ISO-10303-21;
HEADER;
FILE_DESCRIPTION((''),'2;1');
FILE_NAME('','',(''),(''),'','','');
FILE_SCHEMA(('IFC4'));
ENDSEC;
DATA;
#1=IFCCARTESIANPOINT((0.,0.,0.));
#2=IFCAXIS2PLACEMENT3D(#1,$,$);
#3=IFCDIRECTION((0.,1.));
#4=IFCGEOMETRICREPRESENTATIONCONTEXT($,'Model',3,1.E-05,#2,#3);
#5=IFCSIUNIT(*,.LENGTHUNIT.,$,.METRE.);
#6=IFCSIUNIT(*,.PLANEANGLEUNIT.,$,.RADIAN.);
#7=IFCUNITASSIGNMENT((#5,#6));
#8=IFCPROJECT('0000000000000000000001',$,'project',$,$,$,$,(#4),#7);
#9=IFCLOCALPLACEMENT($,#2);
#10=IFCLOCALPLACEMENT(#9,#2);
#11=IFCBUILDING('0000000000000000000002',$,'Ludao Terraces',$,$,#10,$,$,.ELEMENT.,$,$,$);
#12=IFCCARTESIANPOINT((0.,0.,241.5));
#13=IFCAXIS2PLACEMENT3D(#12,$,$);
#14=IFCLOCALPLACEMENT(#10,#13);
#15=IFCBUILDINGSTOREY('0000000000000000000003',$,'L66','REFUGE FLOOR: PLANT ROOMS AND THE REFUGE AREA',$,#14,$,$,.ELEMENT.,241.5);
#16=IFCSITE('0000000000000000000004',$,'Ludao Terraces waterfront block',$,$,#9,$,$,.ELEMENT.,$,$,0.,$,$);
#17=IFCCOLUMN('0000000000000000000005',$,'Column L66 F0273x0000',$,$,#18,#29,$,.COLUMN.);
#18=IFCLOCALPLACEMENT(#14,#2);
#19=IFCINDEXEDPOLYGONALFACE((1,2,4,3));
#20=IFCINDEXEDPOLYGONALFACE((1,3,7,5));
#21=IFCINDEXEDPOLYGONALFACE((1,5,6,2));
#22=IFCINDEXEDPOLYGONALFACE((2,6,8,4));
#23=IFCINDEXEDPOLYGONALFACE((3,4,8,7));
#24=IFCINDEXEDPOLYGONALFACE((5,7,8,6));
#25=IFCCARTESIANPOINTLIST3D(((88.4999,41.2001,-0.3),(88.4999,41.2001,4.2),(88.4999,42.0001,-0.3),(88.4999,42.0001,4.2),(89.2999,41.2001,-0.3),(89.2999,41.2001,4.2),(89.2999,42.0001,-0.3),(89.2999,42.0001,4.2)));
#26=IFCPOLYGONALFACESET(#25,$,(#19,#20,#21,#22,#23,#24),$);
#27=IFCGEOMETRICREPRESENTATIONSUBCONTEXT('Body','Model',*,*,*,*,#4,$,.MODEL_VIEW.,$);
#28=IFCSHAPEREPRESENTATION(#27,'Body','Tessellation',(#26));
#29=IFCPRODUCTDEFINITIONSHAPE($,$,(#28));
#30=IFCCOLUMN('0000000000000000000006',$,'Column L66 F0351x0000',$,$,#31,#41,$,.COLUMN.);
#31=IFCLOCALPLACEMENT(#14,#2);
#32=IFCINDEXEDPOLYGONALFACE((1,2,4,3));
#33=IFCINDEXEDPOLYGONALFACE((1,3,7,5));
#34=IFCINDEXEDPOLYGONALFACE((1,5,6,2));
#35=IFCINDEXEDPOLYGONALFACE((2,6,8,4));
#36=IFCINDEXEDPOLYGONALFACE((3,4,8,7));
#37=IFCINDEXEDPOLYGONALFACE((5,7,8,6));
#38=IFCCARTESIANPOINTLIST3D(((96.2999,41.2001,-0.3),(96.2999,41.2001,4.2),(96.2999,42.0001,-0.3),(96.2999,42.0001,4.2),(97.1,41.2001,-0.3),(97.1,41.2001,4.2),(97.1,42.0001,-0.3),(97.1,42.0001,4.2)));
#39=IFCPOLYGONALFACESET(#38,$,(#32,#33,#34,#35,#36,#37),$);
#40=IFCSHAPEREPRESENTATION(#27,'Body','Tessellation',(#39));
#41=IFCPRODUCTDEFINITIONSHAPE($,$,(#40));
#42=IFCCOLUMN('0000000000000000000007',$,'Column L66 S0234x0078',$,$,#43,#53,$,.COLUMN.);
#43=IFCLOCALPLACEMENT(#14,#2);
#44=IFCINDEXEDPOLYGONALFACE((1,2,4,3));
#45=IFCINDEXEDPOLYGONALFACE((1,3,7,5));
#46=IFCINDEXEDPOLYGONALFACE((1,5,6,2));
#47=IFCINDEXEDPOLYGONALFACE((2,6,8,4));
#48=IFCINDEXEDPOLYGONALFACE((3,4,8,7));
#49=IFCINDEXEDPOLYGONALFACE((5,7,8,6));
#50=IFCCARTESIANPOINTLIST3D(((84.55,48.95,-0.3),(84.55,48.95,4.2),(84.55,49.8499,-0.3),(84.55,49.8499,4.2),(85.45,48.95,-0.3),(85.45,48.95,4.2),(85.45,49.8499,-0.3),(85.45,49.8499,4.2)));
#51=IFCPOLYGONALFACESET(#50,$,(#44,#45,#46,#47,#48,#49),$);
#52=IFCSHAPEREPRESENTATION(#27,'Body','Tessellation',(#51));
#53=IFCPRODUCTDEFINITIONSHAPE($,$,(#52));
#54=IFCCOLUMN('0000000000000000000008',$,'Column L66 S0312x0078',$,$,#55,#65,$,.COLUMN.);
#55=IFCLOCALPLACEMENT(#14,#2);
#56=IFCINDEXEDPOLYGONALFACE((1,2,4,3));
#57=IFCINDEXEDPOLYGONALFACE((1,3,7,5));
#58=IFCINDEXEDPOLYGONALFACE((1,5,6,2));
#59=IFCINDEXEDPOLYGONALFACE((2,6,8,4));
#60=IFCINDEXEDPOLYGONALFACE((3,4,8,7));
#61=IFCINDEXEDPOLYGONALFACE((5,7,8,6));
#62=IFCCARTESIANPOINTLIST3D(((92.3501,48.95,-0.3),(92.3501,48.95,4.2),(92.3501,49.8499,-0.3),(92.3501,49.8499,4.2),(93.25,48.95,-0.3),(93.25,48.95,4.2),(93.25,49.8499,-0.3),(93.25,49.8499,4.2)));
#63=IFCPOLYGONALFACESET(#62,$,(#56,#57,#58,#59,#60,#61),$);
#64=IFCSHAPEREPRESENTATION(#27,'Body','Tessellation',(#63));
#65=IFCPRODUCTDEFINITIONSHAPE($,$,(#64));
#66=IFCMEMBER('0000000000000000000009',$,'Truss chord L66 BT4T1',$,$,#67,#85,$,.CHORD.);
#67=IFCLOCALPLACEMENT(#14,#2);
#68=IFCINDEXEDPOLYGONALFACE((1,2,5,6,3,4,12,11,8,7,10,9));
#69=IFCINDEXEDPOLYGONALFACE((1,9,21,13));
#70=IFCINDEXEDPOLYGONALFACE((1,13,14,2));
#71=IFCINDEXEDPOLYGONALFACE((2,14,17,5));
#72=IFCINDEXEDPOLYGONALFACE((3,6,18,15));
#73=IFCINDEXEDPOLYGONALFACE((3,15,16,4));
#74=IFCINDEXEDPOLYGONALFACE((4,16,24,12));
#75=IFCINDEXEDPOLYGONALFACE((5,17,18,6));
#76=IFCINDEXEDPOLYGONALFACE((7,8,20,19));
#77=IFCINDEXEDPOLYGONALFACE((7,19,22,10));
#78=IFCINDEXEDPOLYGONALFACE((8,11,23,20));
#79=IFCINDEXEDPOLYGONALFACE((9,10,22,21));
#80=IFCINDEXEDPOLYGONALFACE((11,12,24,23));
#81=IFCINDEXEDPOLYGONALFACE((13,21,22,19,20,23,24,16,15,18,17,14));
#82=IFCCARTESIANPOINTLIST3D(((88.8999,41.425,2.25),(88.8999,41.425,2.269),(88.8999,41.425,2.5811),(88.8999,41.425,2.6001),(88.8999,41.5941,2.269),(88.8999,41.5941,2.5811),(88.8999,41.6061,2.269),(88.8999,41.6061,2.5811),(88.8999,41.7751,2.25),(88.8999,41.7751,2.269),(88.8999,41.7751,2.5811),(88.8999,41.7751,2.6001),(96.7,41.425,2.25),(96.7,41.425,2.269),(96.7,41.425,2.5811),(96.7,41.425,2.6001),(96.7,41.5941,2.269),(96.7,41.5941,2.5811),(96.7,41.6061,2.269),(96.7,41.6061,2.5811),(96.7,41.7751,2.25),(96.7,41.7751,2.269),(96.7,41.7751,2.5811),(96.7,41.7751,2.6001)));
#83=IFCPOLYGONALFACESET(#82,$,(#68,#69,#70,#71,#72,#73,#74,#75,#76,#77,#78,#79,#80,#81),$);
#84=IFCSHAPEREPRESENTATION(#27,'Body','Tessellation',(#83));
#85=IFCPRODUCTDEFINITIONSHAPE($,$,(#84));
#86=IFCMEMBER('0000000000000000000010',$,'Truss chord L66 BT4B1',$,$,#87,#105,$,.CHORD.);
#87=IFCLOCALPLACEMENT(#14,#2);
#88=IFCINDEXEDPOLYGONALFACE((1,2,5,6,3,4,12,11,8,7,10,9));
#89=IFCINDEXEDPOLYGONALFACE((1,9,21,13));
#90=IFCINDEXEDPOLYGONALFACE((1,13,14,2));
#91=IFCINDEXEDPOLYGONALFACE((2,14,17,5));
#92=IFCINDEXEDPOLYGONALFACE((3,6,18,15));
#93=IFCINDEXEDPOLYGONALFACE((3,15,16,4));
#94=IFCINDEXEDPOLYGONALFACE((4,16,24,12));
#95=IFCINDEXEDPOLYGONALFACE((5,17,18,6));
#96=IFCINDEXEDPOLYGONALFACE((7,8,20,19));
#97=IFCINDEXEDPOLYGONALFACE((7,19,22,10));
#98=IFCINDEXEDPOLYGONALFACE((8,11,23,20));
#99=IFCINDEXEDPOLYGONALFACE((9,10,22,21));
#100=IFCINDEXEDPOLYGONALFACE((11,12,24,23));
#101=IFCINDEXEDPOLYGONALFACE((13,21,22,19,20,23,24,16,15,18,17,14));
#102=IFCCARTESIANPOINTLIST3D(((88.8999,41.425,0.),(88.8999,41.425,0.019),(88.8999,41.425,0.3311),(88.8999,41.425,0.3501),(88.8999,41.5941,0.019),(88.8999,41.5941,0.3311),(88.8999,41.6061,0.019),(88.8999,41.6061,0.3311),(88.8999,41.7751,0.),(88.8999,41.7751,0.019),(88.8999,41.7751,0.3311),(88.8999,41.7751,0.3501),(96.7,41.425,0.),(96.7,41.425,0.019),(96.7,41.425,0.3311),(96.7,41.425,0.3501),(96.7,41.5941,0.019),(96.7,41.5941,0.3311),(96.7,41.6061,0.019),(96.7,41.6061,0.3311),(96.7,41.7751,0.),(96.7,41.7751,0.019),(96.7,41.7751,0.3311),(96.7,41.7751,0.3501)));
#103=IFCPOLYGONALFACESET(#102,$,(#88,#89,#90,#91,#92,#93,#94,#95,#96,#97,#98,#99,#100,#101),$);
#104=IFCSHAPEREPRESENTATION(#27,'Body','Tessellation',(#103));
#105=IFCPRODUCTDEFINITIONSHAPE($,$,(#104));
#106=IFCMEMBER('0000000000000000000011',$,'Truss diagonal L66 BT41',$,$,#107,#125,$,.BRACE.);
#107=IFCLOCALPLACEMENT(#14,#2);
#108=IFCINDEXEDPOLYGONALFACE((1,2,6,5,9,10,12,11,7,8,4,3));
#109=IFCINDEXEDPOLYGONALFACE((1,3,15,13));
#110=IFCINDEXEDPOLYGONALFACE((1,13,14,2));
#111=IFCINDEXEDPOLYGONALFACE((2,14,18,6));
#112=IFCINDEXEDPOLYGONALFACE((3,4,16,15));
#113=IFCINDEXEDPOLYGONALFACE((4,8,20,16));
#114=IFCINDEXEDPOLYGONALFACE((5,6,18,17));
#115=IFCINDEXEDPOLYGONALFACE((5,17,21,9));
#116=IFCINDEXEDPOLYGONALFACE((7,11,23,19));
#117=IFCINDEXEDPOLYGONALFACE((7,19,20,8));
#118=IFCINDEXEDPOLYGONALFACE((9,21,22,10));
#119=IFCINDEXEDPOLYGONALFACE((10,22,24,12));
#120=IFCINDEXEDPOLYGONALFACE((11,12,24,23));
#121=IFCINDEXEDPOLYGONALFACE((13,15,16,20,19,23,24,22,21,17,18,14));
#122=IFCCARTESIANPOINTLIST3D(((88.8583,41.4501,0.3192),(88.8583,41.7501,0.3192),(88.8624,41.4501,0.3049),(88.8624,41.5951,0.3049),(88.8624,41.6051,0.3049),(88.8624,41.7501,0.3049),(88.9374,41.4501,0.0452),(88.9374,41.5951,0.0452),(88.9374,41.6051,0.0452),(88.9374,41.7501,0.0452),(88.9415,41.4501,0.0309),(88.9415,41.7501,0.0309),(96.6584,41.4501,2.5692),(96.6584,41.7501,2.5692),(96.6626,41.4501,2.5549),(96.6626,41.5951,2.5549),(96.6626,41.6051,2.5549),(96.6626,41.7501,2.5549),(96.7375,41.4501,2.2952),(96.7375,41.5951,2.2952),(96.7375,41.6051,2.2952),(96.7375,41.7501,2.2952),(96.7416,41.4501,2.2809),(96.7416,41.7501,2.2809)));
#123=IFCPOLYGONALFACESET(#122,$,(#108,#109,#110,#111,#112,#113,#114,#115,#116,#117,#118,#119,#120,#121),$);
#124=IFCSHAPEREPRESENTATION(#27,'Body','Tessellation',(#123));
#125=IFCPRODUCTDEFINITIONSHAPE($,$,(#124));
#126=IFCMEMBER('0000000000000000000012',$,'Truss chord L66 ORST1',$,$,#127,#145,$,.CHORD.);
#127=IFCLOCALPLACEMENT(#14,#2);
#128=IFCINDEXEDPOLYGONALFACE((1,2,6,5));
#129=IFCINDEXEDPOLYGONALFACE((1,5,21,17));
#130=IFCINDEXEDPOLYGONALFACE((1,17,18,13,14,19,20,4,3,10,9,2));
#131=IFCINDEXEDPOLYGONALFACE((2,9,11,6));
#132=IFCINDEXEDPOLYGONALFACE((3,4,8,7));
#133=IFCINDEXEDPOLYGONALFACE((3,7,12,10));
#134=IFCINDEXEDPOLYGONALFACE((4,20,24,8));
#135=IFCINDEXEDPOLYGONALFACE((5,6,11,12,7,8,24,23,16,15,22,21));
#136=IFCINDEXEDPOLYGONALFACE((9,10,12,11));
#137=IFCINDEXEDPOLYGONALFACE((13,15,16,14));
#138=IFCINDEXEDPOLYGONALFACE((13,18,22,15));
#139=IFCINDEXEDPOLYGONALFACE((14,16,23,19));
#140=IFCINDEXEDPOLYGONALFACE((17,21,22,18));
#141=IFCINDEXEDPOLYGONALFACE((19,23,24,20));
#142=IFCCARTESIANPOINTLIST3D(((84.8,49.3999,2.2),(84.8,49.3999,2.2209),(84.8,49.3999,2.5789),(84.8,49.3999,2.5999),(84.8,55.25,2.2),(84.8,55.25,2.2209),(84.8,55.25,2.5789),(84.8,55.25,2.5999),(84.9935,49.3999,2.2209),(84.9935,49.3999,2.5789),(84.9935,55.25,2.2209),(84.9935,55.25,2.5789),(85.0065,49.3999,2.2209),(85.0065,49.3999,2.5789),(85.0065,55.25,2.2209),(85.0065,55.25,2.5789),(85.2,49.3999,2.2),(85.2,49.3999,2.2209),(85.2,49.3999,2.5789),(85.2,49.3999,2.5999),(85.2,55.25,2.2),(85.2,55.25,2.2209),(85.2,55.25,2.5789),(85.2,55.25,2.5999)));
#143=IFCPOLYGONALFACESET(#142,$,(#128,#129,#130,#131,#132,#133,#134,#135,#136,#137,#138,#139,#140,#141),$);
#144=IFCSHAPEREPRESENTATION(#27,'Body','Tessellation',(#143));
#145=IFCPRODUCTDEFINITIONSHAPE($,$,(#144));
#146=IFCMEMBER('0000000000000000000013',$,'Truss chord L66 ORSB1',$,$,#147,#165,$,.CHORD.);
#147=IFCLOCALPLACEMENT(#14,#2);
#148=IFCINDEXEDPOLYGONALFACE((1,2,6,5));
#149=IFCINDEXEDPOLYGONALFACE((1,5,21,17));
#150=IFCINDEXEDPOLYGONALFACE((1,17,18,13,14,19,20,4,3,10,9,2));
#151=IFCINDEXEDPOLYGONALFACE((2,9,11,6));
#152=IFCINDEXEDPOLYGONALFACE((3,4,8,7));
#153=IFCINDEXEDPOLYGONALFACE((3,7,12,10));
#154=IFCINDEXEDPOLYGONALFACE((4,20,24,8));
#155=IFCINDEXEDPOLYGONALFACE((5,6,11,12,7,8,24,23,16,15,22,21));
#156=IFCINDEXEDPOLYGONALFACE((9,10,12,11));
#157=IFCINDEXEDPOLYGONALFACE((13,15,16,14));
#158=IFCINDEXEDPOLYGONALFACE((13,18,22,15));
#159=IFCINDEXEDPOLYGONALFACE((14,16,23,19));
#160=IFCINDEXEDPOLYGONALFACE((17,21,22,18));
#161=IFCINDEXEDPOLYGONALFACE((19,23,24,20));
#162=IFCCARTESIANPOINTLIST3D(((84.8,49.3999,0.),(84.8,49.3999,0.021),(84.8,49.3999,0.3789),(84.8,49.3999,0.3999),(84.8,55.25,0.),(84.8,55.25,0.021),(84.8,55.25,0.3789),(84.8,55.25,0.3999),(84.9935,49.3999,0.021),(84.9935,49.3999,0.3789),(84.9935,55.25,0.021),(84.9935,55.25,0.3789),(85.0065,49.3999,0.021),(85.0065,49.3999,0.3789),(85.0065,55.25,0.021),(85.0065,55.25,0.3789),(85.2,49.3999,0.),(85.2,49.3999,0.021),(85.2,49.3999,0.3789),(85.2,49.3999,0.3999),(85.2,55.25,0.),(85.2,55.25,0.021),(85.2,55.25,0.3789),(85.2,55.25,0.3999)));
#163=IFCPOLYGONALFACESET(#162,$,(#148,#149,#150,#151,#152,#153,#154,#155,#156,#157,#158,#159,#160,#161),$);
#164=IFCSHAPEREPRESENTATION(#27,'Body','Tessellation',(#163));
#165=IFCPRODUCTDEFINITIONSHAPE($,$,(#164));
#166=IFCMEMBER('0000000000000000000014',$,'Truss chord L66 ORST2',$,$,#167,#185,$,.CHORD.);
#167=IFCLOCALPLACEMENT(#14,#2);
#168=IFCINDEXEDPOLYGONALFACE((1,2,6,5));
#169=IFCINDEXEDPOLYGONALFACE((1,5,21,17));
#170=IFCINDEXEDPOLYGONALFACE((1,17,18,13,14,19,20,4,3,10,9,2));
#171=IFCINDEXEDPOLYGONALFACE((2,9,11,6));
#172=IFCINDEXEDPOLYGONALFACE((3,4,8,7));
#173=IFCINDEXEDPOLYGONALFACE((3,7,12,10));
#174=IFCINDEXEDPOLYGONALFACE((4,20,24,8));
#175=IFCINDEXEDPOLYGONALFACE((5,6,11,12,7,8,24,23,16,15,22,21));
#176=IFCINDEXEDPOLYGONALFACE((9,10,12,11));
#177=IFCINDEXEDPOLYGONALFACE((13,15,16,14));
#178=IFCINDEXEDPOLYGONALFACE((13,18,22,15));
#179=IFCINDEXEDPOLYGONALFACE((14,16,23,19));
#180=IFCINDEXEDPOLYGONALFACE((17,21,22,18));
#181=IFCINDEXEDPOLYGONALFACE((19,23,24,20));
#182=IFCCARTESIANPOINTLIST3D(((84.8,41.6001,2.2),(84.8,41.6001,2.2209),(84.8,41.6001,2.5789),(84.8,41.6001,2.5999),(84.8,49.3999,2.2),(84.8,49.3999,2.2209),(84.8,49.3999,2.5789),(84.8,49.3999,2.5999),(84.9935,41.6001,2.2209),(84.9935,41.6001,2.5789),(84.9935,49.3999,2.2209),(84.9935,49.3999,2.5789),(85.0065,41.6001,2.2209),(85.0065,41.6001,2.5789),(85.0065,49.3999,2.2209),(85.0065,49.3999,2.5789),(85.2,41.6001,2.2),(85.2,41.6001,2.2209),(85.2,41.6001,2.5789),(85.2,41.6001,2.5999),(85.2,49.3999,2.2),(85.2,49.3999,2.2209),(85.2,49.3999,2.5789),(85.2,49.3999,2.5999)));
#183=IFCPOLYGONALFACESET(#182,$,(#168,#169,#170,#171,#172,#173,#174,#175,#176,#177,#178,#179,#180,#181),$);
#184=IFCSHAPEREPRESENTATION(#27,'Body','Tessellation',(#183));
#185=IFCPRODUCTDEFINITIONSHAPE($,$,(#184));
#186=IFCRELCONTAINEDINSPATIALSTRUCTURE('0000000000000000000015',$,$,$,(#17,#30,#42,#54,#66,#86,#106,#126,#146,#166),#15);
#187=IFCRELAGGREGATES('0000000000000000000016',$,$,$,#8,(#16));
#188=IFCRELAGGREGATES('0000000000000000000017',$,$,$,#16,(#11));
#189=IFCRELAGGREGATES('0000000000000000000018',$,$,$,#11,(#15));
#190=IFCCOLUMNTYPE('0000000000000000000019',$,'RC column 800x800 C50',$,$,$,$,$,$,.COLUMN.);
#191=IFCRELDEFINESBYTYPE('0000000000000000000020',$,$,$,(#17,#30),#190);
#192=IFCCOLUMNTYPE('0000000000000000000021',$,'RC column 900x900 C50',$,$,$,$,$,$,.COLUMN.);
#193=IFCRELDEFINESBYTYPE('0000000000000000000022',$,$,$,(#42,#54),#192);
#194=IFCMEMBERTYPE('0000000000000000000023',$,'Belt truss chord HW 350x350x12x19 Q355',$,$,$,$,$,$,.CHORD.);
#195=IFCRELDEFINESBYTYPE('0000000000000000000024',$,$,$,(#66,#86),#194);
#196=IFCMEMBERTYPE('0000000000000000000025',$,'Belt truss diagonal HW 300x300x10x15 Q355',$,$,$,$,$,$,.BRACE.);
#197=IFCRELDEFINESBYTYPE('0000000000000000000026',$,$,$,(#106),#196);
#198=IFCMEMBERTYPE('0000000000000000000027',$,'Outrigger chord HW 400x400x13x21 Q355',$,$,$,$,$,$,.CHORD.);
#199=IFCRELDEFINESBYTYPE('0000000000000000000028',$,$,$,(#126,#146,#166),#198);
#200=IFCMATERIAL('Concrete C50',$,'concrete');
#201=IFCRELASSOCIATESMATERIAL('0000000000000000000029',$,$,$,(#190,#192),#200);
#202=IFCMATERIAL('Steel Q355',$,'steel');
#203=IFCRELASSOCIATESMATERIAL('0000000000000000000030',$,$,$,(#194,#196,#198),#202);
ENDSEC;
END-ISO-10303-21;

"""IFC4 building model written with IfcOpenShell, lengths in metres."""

from ifc_helpers import new_model, si_unit, direction, frame, origin, origin_2d, place, context, subcontext, project, spatial, rectangle, i_section, extrude, material, material_profile, profile_set, type_object, element, save


model = new_model("IFC4")

# Units and contexts
model_context = context("Model", 3, precision=1e-05, world=origin(), true_north=direction((0.0, 1.0)))
body_context = subcontext(model_context, "Body", "Model", "MODEL_VIEW")
ifc_project = project(units=[si_unit("LENGTHUNIT", "METRE"), si_unit("PLANEANGLEUNIT", "RADIAN")], contexts=[model_context])

# Site, building, storey
site_placement = place(None, origin())
site = spatial("IfcSite", under=ifc_project, at=site_placement, Name="Ludao Terraces waterfront block", CompositionType="ELEMENT", RefElevation=0.0)
building_placement = place(site_placement, origin())
building = spatial("IfcBuilding", under=site, at=building_placement, Name="Ludao Terraces", CompositionType="ELEMENT")
storey_placement = place(building_placement, frame((0.0, 0.0, 241.5)))
storey = spatial("IfcBuildingStorey", under=building, at=storey_placement, Name="L66", Description="REFUGE FLOOR: PLANT ROOMS AND THE REFUGE AREA", CompositionType="ELEMENT", Elevation=241.5)

# Columns
ifc_material_1 = material(Name="Concrete C50", Category="concrete")
ifc_material_profile_1 = material_profile(ifc_material_1, rectangle(XDim=0.8, YDim=0.8, at=origin_2d()), Name="800 X 800")
ifc_profile_set_1 = profile_set([ifc_material_profile_1], Name="Concrete C50")
column_type_1 = type_object("IfcColumnType", Name="RC column 800x800 C50", PredefinedType="COLUMN", material=ifc_profile_set_1)
for number, where, z_axis, x_axis, name in (
    (1, (88.8999, 41.6001, -0.3), (0.0, 0.0, 1.0), (1.0, 0.0, 0.0), "Column L66 F0273x0000"),
    (2, (96.7, 41.6001, -0.3), (0.0, 0.0, 1.0), (1.0, 0.0, 0.0), "Column L66 F0351x0000"),
):
    element("IfcColumn", number, at=place(storey_placement, frame(where, z_axis=z_axis, x_axis=x_axis)), inside=storey, type_object=column_type_1, Name=name, PredefinedType="COLUMN", context=body_context, shape_type="SweptSolid", body=[
        extrude(rectangle(XDim=0.8, YDim=0.8, at=origin_2d()), origin(), (0.0, 0.0, 1.0), 4.5),
    ])
ifc_material_profile_2 = material_profile(ifc_material_1, rectangle(XDim=0.8999, YDim=0.8999, at=origin_2d()), Name="900 X 900")
ifc_profile_set_2 = profile_set([ifc_material_profile_2], Name="Concrete C50")
column_type_2 = type_object("IfcColumnType", Name="RC column 900x900 C50", PredefinedType="COLUMN", material=ifc_profile_set_2)
for number, where, z_axis, x_axis, name in (
    (3, (85.0, 49.3999, -0.3), (0.0, 0.0, 1.0), (1.0, 0.0, 0.0), "Column L66 S0234x0078"),
    (4, (92.8, 49.3999, -0.3), (0.0, 0.0, 1.0), (1.0, 0.0, 0.0), "Column L66 S0312x0078"),
):
    element("IfcColumn", number, at=place(storey_placement, frame(where, z_axis=z_axis, x_axis=x_axis)), inside=storey, type_object=column_type_2, Name=name, PredefinedType="COLUMN", context=body_context, shape_type="SweptSolid", body=[
        extrude(rectangle(XDim=0.8999, YDim=0.8999, at=origin_2d()), origin(), (0.0, 0.0, 1.0), 4.5),
    ])

# Members
ifc_material_2 = material(Name="Steel Q355", Category="steel")
ifc_material_profile_3 = material_profile(ifc_material_2, i_section(OverallWidth=0.3501, OverallDepth=0.3501, WebThickness=0.012, FlangeThickness=0.019, at=origin_2d()), Name="HW 350X350X12X19")
ifc_profile_set_3 = profile_set([ifc_material_profile_3], Name="Steel Q355")
member_type_1 = type_object("IfcMemberType", Name="Belt truss chord HW 350x350x12x19 Q355", PredefinedType="CHORD", material=ifc_profile_set_3)
for number, where, z_axis, x_axis, name in (
    (5, (88.8999, 41.6001, 2.425), (1.0, 0.0, 0.0), (0.0, 1.0, 0.0), "Truss chord L66 BT4T1"),
    (6, (88.8999, 41.6001, 0.175), (1.0, 0.0, 0.0), (0.0, 1.0, 0.0), "Truss chord L66 BT4B1"),
):
    element("IfcMember", number, at=place(storey_placement, frame(where, z_axis=z_axis, x_axis=x_axis)), inside=storey, type_object=member_type_1, Name=name, PredefinedType="CHORD", context=body_context, shape_type="SweptSolid", body=[
        extrude(i_section(OverallWidth=0.3501, OverallDepth=0.3501, WebThickness=0.012, FlangeThickness=0.019, at=origin_2d()), origin(), (0.0, 0.0, 1.0), 7.8),
    ])
ifc_material_profile_4 = material_profile(ifc_material_2, i_section(OverallWidth=0.3, OverallDepth=0.3, WebThickness=0.01, FlangeThickness=0.0149, at=origin_2d()), Name="HW 300X300X10X15")
ifc_profile_set_4 = profile_set([ifc_material_profile_4], Name="Steel Q355")
member_type_2 = type_object("IfcMemberType", Name="Belt truss diagonal HW 300x300x10x15 Q355", PredefinedType="BRACE", material=ifc_profile_set_4)
member_1_placement = place(storey_placement, frame((88.8999, 41.6001, 0.175), z_axis=(0.960824, 0.0, 0.277159), x_axis=(0.0, 1.0, 0.0)))
element("IfcMember", 7, at=member_1_placement, inside=storey, type_object=member_type_2, Name="Truss diagonal L66 BT41", PredefinedType="BRACE", context=body_context, shape_type="SweptSolid", body=[
    extrude(i_section(OverallWidth=0.3, OverallDepth=0.3, WebThickness=0.01, FlangeThickness=0.0149, at=origin_2d()), origin(), (0.0, 0.0, 1.0), 8.1182),
])
ifc_material_profile_5 = material_profile(ifc_material_2, i_section(OverallWidth=0.3999, OverallDepth=0.3999, WebThickness=0.0129, FlangeThickness=0.021, at=origin_2d()), Name="HW 400X400X13X21")
ifc_profile_set_5 = profile_set([ifc_material_profile_5], Name="Steel Q355")
member_type_3 = type_object("IfcMemberType", Name="Outrigger chord HW 400x400x13x21 Q355", PredefinedType="CHORD", material=ifc_profile_set_5)
for number, where, z_axis, x_axis, name in (
    (8, (85.0, 55.25, 2.3999), (0.0, -1.0, 0.0), (1.0, 0.0, 0.0), "Truss chord L66 ORST1"),
    (9, (85.0, 55.25, 0.2), (0.0, -1.0, 0.0), (1.0, 0.0, 0.0), "Truss chord L66 ORSB1"),
):
    element("IfcMember", number, at=place(storey_placement, frame(where, z_axis=z_axis, x_axis=x_axis)), inside=storey, type_object=member_type_3, Name=name, PredefinedType="CHORD", context=body_context, shape_type="SweptSolid", body=[
        extrude(i_section(OverallWidth=0.3999, OverallDepth=0.3999, WebThickness=0.0129, FlangeThickness=0.021, at=origin_2d()), origin(), (0.0, 0.0, 1.0), 5.8501),
    ])
for number, where, z_axis, x_axis, name in (
    (10, (85.0, 49.3999, 2.3999), (0.0, -1.0, 0.0), (1.0, 0.0, 0.0), "Truss chord L66 ORST2"),
):
    element("IfcMember", number, at=place(storey_placement, frame(where, z_axis=z_axis, x_axis=x_axis)), inside=storey, type_object=member_type_3, Name=name, PredefinedType="CHORD", context=body_context, shape_type="SweptSolid", body=[
        extrude(i_section(OverallWidth=0.3999, OverallDepth=0.3999, WebThickness=0.0129, FlangeThickness=0.021, at=origin_2d()), origin(), (0.0, 0.0, 1.0), 7.7998),
    ])

save(model, "model.ifc")
